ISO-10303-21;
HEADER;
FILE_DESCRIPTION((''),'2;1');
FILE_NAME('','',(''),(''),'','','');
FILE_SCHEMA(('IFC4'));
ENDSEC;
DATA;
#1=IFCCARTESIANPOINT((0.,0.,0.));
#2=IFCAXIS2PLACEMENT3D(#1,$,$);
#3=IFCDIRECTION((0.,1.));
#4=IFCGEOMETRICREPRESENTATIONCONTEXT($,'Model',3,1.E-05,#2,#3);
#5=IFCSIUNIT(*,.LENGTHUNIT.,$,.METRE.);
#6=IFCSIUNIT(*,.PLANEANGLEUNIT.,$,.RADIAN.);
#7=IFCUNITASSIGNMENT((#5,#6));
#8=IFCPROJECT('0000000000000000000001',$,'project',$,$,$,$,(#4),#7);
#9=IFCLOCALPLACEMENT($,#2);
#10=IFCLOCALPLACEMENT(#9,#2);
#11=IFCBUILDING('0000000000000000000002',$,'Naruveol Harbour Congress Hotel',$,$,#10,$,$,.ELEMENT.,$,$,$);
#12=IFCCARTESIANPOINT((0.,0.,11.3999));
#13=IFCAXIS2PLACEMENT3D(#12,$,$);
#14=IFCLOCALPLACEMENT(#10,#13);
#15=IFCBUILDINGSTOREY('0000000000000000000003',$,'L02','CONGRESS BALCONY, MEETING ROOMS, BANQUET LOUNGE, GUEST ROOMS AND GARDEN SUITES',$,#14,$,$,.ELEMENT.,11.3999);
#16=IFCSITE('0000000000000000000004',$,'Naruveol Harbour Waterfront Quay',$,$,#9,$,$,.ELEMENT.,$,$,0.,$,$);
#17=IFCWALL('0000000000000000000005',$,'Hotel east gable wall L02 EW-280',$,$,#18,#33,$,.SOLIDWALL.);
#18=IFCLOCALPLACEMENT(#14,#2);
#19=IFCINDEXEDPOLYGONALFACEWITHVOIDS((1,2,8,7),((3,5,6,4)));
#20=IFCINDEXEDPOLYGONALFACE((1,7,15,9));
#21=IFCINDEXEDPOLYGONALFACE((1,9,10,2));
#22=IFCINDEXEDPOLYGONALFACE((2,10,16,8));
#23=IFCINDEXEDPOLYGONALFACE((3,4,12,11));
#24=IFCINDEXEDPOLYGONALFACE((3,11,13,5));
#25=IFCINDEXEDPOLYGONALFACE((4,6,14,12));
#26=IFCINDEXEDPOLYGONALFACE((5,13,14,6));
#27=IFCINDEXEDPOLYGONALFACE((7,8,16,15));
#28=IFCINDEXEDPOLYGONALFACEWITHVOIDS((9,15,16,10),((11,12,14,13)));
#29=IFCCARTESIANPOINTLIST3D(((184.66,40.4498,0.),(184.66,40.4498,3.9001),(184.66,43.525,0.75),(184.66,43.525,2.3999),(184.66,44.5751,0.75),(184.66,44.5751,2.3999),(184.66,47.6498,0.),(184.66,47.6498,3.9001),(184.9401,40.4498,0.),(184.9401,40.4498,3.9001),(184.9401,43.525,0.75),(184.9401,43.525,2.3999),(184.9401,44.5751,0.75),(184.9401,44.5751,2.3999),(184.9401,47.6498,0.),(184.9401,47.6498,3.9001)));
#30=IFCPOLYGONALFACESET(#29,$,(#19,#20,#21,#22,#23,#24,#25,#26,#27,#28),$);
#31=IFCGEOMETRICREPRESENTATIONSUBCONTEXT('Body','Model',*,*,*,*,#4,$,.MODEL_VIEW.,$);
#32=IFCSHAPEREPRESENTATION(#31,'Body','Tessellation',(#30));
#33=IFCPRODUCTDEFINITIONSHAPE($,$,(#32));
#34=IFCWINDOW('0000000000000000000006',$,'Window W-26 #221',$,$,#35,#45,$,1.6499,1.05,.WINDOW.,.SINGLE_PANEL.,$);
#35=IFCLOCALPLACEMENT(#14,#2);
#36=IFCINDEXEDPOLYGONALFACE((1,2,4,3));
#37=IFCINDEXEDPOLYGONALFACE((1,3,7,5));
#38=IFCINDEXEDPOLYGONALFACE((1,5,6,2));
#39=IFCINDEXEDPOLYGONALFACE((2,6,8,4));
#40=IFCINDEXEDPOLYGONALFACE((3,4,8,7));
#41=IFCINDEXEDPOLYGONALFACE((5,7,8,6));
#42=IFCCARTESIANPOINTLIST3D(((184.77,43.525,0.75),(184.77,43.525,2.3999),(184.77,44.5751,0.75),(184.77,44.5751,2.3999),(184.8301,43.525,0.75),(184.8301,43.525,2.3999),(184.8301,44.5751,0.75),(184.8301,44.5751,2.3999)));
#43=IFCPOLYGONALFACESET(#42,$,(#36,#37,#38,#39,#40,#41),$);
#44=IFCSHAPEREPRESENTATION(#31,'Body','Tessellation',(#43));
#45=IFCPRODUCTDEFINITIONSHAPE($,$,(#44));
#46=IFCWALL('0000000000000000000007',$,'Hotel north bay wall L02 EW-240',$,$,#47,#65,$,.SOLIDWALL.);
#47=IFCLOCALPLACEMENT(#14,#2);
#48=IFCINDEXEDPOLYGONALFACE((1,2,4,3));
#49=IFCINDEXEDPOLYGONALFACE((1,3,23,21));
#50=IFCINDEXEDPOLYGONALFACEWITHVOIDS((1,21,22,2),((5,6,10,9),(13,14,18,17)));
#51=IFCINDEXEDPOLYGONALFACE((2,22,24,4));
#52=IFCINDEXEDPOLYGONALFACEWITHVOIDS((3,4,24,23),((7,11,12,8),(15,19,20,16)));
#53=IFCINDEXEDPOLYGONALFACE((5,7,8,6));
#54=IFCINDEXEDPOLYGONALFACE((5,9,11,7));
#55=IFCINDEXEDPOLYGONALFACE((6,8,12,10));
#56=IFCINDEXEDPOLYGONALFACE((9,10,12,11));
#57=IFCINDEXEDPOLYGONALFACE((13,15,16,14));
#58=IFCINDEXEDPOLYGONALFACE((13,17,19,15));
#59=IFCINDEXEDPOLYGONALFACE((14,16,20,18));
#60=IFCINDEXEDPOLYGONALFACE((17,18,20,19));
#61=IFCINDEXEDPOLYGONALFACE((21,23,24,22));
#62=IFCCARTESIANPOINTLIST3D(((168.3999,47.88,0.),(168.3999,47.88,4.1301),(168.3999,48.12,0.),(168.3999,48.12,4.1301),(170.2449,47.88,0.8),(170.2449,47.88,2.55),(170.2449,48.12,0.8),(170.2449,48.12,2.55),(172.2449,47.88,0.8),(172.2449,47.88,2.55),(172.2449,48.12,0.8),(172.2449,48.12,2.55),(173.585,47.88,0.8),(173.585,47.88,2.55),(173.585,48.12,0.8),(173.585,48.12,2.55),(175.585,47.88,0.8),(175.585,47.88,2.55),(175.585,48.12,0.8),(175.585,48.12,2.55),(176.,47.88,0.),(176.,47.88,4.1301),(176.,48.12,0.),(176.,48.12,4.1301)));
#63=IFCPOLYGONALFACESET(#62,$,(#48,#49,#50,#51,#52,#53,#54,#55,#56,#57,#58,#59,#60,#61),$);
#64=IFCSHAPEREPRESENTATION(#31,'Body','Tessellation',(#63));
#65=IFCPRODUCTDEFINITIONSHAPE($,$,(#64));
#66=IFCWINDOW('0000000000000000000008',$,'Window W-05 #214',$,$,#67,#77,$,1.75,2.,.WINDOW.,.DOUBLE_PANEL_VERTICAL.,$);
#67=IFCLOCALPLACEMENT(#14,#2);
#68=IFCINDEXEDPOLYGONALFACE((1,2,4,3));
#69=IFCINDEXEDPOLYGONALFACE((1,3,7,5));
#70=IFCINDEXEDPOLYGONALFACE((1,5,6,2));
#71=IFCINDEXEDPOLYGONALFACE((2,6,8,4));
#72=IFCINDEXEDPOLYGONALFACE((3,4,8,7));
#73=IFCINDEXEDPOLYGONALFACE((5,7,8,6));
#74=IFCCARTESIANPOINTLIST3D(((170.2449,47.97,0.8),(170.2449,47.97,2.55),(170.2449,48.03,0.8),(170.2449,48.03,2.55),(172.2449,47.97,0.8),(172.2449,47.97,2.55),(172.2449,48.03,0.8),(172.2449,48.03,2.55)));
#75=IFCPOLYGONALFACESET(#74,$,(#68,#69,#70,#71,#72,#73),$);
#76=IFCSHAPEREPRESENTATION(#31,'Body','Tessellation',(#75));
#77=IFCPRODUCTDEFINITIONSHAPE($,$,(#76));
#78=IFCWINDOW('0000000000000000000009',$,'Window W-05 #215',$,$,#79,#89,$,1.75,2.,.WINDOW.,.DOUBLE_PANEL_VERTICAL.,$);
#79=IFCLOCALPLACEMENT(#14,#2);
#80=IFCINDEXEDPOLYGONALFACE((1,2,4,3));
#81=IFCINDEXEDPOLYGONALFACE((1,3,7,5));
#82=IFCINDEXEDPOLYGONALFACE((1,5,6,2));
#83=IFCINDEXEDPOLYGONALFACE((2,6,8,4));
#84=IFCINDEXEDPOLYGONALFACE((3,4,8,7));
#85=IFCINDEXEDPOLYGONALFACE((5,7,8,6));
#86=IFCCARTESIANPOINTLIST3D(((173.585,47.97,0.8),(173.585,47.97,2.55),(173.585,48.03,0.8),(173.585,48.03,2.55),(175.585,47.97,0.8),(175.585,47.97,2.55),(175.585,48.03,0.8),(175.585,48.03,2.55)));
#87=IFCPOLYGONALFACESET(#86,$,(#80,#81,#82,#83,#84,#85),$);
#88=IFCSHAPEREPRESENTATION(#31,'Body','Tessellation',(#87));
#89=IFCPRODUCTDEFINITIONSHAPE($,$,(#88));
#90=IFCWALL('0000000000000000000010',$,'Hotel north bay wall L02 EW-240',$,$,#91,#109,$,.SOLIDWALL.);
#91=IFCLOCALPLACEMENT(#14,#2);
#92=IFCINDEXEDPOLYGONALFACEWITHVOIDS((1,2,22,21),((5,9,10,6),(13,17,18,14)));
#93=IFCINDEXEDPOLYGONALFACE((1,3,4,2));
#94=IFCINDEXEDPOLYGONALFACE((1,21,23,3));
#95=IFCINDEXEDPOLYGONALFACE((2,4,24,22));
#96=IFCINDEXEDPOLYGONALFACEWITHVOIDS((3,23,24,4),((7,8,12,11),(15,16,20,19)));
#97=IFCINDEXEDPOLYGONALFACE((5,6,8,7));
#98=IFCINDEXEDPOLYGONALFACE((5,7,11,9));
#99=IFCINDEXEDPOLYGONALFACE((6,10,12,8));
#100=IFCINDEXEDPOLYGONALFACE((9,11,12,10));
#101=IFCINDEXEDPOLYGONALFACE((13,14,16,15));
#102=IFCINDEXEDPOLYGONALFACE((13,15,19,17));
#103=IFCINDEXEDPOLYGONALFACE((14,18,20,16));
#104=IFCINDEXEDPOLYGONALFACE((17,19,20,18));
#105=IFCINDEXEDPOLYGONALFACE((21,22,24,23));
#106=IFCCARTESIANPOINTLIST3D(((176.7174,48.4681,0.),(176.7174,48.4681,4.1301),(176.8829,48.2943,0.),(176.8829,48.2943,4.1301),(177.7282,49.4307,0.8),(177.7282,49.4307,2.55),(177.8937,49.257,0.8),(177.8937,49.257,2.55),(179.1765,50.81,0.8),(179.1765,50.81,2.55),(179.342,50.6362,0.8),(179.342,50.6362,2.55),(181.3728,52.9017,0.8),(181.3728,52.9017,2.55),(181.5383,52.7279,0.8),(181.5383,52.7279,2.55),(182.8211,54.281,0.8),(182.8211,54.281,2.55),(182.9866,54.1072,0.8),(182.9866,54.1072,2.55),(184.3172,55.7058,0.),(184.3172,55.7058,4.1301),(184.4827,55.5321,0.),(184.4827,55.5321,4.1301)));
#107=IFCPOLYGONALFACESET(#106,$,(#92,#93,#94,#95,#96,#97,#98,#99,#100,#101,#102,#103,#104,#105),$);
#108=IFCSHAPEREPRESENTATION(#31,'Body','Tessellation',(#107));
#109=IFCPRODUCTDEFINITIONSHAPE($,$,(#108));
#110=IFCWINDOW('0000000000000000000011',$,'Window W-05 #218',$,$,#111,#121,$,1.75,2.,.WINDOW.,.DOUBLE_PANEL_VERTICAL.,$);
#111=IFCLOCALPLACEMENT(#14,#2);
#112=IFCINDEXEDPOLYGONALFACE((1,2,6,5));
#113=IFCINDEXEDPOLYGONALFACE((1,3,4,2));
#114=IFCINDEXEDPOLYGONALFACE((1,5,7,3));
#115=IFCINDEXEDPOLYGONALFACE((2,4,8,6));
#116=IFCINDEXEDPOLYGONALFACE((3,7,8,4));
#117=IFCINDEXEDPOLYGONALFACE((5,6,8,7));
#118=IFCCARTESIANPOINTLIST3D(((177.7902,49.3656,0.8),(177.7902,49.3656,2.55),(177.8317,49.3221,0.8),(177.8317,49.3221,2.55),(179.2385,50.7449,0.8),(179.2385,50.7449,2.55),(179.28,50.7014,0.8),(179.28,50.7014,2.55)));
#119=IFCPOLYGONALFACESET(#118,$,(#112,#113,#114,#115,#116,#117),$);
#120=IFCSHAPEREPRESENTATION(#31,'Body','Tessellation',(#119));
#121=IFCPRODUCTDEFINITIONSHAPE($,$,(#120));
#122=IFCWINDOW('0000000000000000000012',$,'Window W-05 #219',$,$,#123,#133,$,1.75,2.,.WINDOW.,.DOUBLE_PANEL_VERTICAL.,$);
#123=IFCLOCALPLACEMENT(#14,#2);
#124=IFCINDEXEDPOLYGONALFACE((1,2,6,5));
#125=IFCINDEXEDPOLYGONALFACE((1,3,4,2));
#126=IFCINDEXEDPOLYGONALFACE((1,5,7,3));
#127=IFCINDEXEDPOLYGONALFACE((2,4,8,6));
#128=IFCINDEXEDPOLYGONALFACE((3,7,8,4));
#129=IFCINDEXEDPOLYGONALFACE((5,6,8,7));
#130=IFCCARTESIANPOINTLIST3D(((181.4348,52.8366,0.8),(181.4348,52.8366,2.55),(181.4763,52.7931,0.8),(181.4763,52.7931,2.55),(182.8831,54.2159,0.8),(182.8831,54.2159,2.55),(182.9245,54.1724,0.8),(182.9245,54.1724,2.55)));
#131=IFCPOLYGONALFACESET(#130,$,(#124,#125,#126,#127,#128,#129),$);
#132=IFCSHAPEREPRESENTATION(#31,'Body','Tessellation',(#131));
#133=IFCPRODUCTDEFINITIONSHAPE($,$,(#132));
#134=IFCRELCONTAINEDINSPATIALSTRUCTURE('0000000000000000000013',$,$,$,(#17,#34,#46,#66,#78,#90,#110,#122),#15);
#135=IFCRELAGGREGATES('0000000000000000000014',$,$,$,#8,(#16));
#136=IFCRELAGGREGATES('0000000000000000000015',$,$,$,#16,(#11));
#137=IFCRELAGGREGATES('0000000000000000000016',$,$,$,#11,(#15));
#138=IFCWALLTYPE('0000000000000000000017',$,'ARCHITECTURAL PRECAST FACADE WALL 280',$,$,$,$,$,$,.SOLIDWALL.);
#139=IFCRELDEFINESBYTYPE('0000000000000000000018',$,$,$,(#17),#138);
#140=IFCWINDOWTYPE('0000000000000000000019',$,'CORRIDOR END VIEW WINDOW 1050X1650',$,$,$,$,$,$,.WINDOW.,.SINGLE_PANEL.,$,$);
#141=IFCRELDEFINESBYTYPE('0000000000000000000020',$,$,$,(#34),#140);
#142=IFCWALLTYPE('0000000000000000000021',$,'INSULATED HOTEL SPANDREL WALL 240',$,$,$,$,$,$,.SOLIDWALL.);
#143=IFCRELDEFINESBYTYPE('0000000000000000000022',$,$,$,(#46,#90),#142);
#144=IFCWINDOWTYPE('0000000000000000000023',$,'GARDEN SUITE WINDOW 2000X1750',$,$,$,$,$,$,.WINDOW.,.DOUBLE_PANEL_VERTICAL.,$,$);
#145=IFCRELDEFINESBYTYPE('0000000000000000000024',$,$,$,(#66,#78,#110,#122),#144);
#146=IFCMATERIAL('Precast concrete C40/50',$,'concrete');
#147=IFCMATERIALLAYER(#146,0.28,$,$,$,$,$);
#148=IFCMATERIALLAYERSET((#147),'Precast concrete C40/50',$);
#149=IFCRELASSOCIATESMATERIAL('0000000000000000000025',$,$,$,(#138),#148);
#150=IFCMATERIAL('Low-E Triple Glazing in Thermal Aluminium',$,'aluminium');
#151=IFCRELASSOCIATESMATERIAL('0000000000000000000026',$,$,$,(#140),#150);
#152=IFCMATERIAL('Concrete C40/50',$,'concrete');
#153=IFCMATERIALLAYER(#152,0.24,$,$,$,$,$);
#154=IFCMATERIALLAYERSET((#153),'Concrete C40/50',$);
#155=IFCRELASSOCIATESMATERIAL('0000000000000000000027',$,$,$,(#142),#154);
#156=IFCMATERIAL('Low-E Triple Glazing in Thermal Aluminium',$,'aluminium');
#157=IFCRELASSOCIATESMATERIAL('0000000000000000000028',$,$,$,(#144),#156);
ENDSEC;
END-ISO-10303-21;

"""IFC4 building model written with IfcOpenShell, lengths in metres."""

from ifc_helpers import new_model, si_unit, direction, frame, frame_2d, origin, place, context, subcontext, project, spatial, rectangle, extrude, material, layer, layer_set, type_object, element, fill, save


model = new_model("IFC4")

# Units and contexts
model_context = context("Model", 3, precision=1e-05, world=origin(), true_north=direction((0.0, 1.0)))
body_context = subcontext(model_context, "Body", "Model", "MODEL_VIEW")
ifc_project = project(units=[si_unit("LENGTHUNIT", "METRE"), si_unit("PLANEANGLEUNIT", "RADIAN")], contexts=[model_context])

# Site, building, storey
site_placement = place(None, origin())
site = spatial("IfcSite", under=ifc_project, at=site_placement, Name="Naruveol Harbour Waterfront Quay", CompositionType="ELEMENT", RefElevation=0.0)
building_placement = place(site_placement, origin())
building = spatial("IfcBuilding", under=site, at=building_placement, Name="Naruveol Harbour Congress Hotel", CompositionType="ELEMENT")
storey_placement = place(building_placement, frame((0.0, 0.0, 11.3999)))
storey = spatial("IfcBuildingStorey", under=building, at=storey_placement, Name="L02", Description="CONGRESS BALCONY, MEETING ROOMS, BANQUET LOUNGE, GUEST ROOMS AND GARDEN SUITES", CompositionType="ELEMENT", Elevation=11.3999)

# Wall, opening, window
ifc_material_1 = material(Name="Precast concrete C40/50", Category="concrete")
ifc_layer_1 = layer(ifc_material_1, 0.28)
ifc_layer_set_1 = layer_set([ifc_layer_1], Name="Precast concrete C40/50")
wall_type_1 = type_object("IfcWallType", Name="ARCHITECTURAL PRECAST FACADE WALL 280", PredefinedType="SOLIDWALL", material=ifc_layer_set_1)
wall_1_placement = place(storey_placement, frame((184.8, 47.6499, 0.0), z_axis=(0.0, 0.0, 1.0), x_axis=(0.0, -1.0, 0.0)))
wall_1 = element("IfcWall", 1, at=wall_1_placement, inside=storey, type_object=wall_type_1, Name="Hotel east gable wall L02 EW-280", PredefinedType="SOLIDWALL", context=body_context, shape_type="SweptSolid", body=[
    extrude(rectangle(XDim=7.2, YDim=0.28, at=frame_2d((3.6001, 0.0))), origin(), (0.0, 0.0, 1.0), 3.9001),
])
opening_1_placement = place(wall_1_placement, frame((3.075, 0.0, 0.75)))
opening_1 = element("IfcOpeningElement", 2, at=opening_1_placement, cuts=wall_1, PredefinedType="OPENING", context=body_context, shape_type="SweptSolid", body=[
    extrude(rectangle(XDim=1.05, YDim=1.6499, at=frame_2d((0.5249, 0.825))), frame((0.0, 0.1499, 0.0), z_axis=(0.0, -1.0, 0.0), x_axis=(1.0, 0.0, 0.0)), (0.0, 0.0, 1.0), 0.3),
])
ifc_material_2 = material(Name="Low-E Triple Glazing in Thermal Aluminium", Category="aluminium")
window_type_1 = type_object("IfcWindowType", Name="CORRIDOR END VIEW WINDOW 1050X1650", PartitioningType="SINGLE_PANEL", PredefinedType="WINDOW", material=ifc_material_2)
window_1_placement = place(opening_1_placement, origin())
window_1 = element("IfcWindow", 3, at=window_1_placement, inside=storey, type_object=window_type_1, Name="Window W-26 #221", OverallHeight=1.6499, OverallWidth=1.05, PartitioningType="SINGLE_PANEL", PredefinedType="WINDOW", context=body_context, shape_type="SweptSolid", body=[
    extrude(rectangle(XDim=1.05, YDim=1.6499, at=frame_2d((0.5249, 0.825))), frame((0.0, 0.03, 0.0), z_axis=(0.0, -1.0, 0.0), x_axis=(1.0, 0.0, 0.0)), (0.0, 0.0, 1.0), 0.0601),
])
fill(opening_1, window_1)

# Walls, openings, windows
ifc_material_3 = material(Name="Concrete C40/50", Category="concrete")
ifc_layer_2 = layer(ifc_material_3, 0.24)
ifc_layer_set_2 = layer_set([ifc_layer_2], Name="Concrete C40/50")
wall_type_2 = type_object("IfcWallType", Name="INSULATED HOTEL SPANDREL WALL 240", PredefinedType="SOLIDWALL", material=ifc_layer_set_2)
wall_2_placement = place(storey_placement, frame((168.3999, 48.0, 0.0), z_axis=(0.0, 0.0, 1.0), x_axis=(1.0, 0.0, 0.0)))
wall_2 = element("IfcWall", 4, at=wall_2_placement, inside=storey, type_object=wall_type_2, Name="Hotel north bay wall L02 EW-240", PredefinedType="SOLIDWALL", context=body_context, shape_type="SweptSolid", body=[
    extrude(rectangle(XDim=7.6001, YDim=0.24, at=frame_2d((3.8, 0.0))), origin(), (0.0, 0.0, 1.0), 4.1301),
])
opening_2_placement = place(wall_2_placement, frame((1.845, 0.0, 0.8)))
opening_2 = element("IfcOpeningElement", 5, at=opening_2_placement, cuts=wall_2, PredefinedType="OPENING", context=body_context, shape_type="SweptSolid", body=[
    extrude(rectangle(XDim=2.0, YDim=1.75, at=frame_2d((1.0, 0.875))), frame((0.0, 0.1299, 0.0), z_axis=(0.0, -1.0, 0.0), x_axis=(1.0, 0.0, 0.0)), (0.0, 0.0, 1.0), 0.26),
])
opening_3_placement = place(wall_2_placement, frame((5.1851, 0.0, 0.8)))
opening_3 = element("IfcOpeningElement", 6, at=opening_3_placement, cuts=wall_2, PredefinedType="OPENING", context=body_context, shape_type="SweptSolid", body=[
    extrude(rectangle(XDim=2.0, YDim=1.75, at=frame_2d((1.0, 0.875))), frame((0.0, 0.1299, 0.0), z_axis=(0.0, -1.0, 0.0), x_axis=(1.0, 0.0, 0.0)), (0.0, 0.0, 1.0), 0.26),
])
ifc_material_4 = material(Name="Low-E Triple Glazing in Thermal Aluminium", Category="aluminium")
window_type_2 = type_object("IfcWindowType", Name="GARDEN SUITE WINDOW 2000X1750", PartitioningType="DOUBLE_PANEL_VERTICAL", PredefinedType="WINDOW", material=ifc_material_4)
window_2_placement = place(opening_2_placement, origin())
window_2 = element("IfcWindow", 7, at=window_2_placement, inside=storey, type_object=window_type_2, Name="Window W-05 #214", OverallHeight=1.75, OverallWidth=2.0, PartitioningType="DOUBLE_PANEL_VERTICAL", PredefinedType="WINDOW", context=body_context, shape_type="SweptSolid", body=[
    extrude(rectangle(XDim=2.0, YDim=1.75, at=frame_2d((1.0, 0.875))), frame((0.0, 0.03, 0.0), z_axis=(0.0, -1.0, 0.0), x_axis=(1.0, 0.0, 0.0)), (0.0, 0.0, 1.0), 0.0601),
])
fill(opening_2, window_2)
window_3_placement = place(opening_3_placement, origin())
window_3 = element("IfcWindow", 8, at=window_3_placement, inside=storey, type_object=window_type_2, Name="Window W-05 #215", OverallHeight=1.75, OverallWidth=2.0, PartitioningType="DOUBLE_PANEL_VERTICAL", PredefinedType="WINDOW", context=body_context, shape_type="SweptSolid", body=[
    extrude(rectangle(XDim=2.0, YDim=1.75, at=frame_2d((1.0, 0.875))), frame((0.0, 0.03, 0.0), z_axis=(0.0, -1.0, 0.0), x_axis=(1.0, 0.0, 0.0)), (0.0, 0.0, 1.0), 0.0601),
])
fill(opening_3, window_3)
wall_3_placement = place(storey_placement, frame((176.8, 48.3811, 0.0), z_axis=(0.0, 0.0, 1.0), x_axis=(0.724146, 0.689647, 0.0)))
wall_3 = element("IfcWall", 9, at=wall_3_placement, inside=storey, type_object=wall_type_2, Name="Hotel north bay wall L02 EW-240", PredefinedType="SOLIDWALL", context=body_context, shape_type="SweptSolid", body=[
    extrude(rectangle(XDim=10.4949, YDim=0.24, at=frame_2d((5.2476, 0.0))), origin(), (0.0, 0.0, 1.0), 4.1301),
])
opening_4_placement = place(wall_3_placement, frame((1.396, 0.0, 0.8)))
opening_4 = element("IfcOpeningElement", 10, at=opening_4_placement, cuts=wall_3, PredefinedType="OPENING", context=body_context, shape_type="SweptSolid", body=[
    extrude(rectangle(XDim=2.0, YDim=1.75, at=frame_2d((1.0, 0.875))), frame((0.0, 0.1299, 0.0), z_axis=(0.0, -1.0, 0.0), x_axis=(1.0, 0.0, 0.0)), (0.0, 0.0, 1.0), 0.26),
])
opening_5_placement = place(wall_3_placement, frame((6.429, 0.0, 0.8)))
opening_5 = element("IfcOpeningElement", 11, at=opening_5_placement, cuts=wall_3, PredefinedType="OPENING", context=body_context, shape_type="SweptSolid", body=[
    extrude(rectangle(XDim=2.0, YDim=1.75, at=frame_2d((1.0, 0.875))), frame((0.0, 0.1299, 0.0), z_axis=(0.0, -1.0, 0.0), x_axis=(1.0, 0.0, 0.0)), (0.0, 0.0, 1.0), 0.26),
])
window_4_placement = place(opening_4_placement, origin())
window_4 = element("IfcWindow", 12, at=window_4_placement, inside=storey, type_object=window_type_2, Name="Window W-05 #218", OverallHeight=1.75, OverallWidth=2.0, PartitioningType="DOUBLE_PANEL_VERTICAL", PredefinedType="WINDOW", context=body_context, shape_type="SweptSolid", body=[
    extrude(rectangle(XDim=2.0, YDim=1.75, at=frame_2d((1.0, 0.875))), frame((0.0, 0.03, 0.0), z_axis=(0.0, -1.0, 0.0), x_axis=(1.0, 0.0, 0.0)), (0.0, 0.0, 1.0), 0.0601),
])
fill(opening_4, window_4)
window_5_placement = place(opening_5_placement, origin())
window_5 = element("IfcWindow", 13, at=window_5_placement, inside=storey, type_object=window_type_2, Name="Window W-05 #219", OverallHeight=1.75, OverallWidth=2.0, PartitioningType="DOUBLE_PANEL_VERTICAL", PredefinedType="WINDOW", context=body_context, shape_type="SweptSolid", body=[
    extrude(rectangle(XDim=2.0, YDim=1.75, at=frame_2d((1.0, 0.875))), frame((0.0, 0.03, 0.0), z_axis=(0.0, -1.0, 0.0), x_axis=(1.0, 0.0, 0.0)), (0.0, 0.0, 1.0), 0.0601),
])
fill(opening_5, window_5)

save(model, "model.ifc")
